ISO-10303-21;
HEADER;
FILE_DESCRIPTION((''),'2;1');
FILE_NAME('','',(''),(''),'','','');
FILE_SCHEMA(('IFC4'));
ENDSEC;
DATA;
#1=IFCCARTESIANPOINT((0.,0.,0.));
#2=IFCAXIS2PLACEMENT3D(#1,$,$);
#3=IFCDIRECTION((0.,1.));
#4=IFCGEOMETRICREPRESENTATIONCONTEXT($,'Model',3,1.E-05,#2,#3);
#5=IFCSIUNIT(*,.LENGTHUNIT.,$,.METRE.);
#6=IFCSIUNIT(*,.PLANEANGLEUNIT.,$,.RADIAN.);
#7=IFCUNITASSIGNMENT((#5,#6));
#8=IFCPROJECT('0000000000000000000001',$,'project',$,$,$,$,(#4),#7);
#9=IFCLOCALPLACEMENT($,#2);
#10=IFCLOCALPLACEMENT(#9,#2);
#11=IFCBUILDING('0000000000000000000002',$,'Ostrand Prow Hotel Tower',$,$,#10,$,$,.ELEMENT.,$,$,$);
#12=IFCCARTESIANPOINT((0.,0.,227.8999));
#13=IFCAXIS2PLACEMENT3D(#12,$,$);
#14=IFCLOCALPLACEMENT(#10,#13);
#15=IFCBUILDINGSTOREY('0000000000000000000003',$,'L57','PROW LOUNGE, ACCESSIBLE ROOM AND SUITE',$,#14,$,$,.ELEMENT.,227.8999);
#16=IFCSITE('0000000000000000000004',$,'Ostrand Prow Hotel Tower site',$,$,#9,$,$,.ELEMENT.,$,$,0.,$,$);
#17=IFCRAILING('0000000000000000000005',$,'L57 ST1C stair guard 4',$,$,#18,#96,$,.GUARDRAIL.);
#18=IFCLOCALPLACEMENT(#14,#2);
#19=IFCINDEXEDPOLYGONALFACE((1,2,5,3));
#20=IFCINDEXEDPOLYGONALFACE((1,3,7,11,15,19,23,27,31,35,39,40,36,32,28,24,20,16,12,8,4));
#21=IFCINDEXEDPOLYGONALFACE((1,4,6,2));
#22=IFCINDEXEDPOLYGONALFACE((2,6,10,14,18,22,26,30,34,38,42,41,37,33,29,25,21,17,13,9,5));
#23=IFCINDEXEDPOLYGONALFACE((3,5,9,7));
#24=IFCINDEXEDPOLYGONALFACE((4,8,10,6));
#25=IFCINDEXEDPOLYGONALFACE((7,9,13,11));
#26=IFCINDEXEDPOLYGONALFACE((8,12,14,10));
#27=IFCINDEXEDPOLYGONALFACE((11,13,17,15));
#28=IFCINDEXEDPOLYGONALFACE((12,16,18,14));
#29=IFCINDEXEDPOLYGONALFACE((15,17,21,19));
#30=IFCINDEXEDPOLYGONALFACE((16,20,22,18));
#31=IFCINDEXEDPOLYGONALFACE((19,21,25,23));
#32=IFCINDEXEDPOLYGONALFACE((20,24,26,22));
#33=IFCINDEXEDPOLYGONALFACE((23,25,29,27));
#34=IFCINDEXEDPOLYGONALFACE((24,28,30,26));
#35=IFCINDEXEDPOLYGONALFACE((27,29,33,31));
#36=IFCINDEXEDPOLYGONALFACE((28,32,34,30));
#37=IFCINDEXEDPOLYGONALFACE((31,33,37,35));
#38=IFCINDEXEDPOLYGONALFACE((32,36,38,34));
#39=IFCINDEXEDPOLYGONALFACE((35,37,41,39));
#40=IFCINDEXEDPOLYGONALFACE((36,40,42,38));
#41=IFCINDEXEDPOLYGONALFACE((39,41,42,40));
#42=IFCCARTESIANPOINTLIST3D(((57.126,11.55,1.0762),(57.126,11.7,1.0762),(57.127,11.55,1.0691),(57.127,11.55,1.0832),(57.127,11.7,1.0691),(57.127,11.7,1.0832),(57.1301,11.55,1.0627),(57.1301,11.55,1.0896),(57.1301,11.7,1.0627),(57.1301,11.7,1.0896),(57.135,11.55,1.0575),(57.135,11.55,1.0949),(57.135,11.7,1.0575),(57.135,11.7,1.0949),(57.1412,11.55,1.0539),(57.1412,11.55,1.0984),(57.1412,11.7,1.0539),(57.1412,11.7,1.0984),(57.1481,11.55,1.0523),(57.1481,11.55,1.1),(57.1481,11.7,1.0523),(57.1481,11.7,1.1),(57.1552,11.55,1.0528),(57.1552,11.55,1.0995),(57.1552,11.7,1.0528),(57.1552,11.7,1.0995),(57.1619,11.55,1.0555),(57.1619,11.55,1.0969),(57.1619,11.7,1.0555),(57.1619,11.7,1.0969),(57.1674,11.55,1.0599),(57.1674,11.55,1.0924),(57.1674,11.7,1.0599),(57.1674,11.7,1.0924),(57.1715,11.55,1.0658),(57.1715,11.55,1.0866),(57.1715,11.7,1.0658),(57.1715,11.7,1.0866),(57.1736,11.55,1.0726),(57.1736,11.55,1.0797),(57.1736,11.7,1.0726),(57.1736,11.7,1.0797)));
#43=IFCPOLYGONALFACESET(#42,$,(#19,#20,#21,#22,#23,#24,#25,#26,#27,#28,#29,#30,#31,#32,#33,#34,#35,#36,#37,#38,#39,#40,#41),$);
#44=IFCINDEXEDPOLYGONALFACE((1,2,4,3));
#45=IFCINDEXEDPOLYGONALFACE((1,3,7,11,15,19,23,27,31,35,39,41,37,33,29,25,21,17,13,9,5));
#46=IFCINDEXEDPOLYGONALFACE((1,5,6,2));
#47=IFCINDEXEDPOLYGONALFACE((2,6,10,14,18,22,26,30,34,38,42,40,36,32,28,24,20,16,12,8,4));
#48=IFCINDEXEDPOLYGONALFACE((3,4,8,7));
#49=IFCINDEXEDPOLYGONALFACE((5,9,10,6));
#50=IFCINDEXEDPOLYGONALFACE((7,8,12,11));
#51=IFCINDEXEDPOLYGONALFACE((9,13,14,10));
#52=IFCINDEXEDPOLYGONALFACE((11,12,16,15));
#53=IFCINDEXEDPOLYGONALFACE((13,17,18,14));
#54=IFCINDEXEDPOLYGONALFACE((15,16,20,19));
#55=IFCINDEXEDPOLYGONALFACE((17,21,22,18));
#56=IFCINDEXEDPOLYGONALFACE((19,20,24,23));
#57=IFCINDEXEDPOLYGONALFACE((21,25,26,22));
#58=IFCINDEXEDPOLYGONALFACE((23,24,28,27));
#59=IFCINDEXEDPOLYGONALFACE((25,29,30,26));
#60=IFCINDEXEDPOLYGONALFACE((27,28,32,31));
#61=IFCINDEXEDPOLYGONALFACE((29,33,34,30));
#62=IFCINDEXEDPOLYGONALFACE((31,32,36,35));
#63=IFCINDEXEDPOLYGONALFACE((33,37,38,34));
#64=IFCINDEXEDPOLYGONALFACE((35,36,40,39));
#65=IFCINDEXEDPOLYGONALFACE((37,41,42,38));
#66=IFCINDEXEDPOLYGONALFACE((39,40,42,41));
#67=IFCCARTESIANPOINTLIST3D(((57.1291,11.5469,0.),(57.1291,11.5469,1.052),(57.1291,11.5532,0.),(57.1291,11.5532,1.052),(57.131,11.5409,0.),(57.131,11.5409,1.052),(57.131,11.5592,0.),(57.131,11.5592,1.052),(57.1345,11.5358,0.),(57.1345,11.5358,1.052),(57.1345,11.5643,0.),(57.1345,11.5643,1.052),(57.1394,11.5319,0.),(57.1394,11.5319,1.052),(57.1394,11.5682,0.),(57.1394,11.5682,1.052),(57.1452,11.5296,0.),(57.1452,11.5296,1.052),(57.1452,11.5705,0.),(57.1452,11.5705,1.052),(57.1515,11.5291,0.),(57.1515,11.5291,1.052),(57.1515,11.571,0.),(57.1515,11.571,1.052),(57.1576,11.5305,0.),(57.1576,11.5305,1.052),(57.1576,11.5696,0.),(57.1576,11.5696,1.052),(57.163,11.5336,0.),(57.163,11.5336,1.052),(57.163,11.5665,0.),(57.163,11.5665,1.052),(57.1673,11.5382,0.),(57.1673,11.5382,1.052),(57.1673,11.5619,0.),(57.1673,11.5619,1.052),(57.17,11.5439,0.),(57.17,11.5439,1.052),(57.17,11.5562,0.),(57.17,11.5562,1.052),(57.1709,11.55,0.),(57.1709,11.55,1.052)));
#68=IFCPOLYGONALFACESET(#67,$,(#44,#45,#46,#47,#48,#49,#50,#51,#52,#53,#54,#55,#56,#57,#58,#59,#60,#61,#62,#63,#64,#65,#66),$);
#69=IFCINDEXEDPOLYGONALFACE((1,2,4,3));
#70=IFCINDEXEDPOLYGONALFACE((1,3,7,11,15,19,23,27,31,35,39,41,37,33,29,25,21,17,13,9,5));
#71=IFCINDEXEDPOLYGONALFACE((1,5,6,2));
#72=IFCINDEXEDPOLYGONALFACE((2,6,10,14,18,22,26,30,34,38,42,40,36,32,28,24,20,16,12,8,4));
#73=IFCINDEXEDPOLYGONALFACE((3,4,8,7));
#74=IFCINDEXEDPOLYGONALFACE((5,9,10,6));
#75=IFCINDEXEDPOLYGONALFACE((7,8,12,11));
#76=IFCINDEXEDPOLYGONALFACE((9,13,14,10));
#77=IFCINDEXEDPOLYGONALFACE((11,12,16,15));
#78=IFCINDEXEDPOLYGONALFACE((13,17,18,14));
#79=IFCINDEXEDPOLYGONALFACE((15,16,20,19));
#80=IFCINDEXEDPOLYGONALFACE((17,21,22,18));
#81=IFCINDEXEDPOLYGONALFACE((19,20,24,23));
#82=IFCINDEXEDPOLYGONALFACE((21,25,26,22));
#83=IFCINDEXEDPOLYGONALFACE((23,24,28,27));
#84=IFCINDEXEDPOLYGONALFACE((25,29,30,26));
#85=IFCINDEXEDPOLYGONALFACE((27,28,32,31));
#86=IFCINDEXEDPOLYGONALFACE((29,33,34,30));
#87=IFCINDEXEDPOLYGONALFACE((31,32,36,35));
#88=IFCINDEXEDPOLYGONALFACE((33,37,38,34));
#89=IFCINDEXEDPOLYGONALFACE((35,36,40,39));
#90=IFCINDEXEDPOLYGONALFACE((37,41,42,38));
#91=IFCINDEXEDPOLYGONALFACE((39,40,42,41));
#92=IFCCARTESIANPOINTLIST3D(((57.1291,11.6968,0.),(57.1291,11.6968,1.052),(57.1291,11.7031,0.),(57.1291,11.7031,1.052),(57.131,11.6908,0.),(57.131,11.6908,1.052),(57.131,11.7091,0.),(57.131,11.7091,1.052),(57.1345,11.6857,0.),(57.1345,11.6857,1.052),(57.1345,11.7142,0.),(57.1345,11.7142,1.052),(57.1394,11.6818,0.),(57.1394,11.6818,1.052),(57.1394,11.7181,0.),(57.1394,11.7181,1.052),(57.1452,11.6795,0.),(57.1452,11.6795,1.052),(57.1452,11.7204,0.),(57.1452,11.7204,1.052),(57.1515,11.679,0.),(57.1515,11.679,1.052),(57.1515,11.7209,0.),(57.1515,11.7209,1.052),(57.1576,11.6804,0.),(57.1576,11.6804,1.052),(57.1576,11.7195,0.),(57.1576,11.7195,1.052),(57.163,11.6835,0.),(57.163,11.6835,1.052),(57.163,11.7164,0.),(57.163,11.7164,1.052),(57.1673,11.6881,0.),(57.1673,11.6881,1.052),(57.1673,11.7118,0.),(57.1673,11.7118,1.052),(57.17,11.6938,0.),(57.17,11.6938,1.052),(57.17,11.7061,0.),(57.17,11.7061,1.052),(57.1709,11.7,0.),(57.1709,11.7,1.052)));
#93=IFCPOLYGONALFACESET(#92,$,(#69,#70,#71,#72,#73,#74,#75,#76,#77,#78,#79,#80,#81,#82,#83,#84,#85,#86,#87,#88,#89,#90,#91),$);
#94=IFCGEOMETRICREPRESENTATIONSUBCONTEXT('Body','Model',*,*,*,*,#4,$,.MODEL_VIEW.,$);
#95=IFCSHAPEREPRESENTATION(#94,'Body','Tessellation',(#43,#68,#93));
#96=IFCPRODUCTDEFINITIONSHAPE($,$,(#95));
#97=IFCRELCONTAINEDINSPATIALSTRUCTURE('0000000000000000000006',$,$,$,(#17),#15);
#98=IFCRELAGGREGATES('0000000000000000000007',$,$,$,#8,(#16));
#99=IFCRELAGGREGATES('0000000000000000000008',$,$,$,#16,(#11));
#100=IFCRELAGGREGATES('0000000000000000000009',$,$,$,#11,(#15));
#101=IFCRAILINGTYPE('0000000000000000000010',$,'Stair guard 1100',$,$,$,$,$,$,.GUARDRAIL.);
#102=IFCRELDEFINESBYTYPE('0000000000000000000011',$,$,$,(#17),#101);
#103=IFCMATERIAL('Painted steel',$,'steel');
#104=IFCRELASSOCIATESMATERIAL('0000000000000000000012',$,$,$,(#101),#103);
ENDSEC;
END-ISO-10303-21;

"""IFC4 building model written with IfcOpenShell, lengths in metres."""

from ifc_helpers import new_model, si_unit, direction, frame, origin, origin_2d, place, context, subcontext, project, spatial, circle, extrude, material, type_object, element, save


model = new_model("IFC4")

# Units and contexts
model_context = context("Model", 3, precision=1e-05, world=origin(), true_north=direction((0.0, 1.0)))
body_context = subcontext(model_context, "Body", "Model", "MODEL_VIEW")
ifc_project = project(units=[si_unit("LENGTHUNIT", "METRE"), si_unit("PLANEANGLEUNIT", "RADIAN")], contexts=[model_context])

# Site, building, storey
site_placement = place(None, origin())
site = spatial("IfcSite", under=ifc_project, at=site_placement, Name="Ostrand Prow Hotel Tower site", CompositionType="ELEMENT", RefElevation=0.0)
building_placement = place(site_placement, origin())
building = spatial("IfcBuilding", under=site, at=building_placement, Name="Ostrand Prow Hotel Tower", CompositionType="ELEMENT")
storey_placement = place(building_placement, frame((0.0, 0.0, 227.8999)))
storey = spatial("IfcBuildingStorey", under=building, at=storey_placement, Name="L57", Description="PROW LOUNGE, ACCESSIBLE ROOM AND SUITE", CompositionType="ELEMENT", Elevation=227.8999)

# Railing
ifc_material_1 = material(Name="Painted steel", Category="steel")
railing_type_1 = type_object("IfcRailingType", Name="Stair guard 1100", PredefinedType="GUARDRAIL", material=ifc_material_1)
railing_1_placement = place(storey_placement, frame((57.1499, 11.55, 0.0)))
element("IfcRailing", 1, at=railing_1_placement, inside=storey, type_object=railing_type_1, Name="L57 ST1C stair guard 4", PredefinedType="GUARDRAIL", context=body_context, shape_type="SweptSolid", body=[
    extrude(circle(Radius=0.0239, at=origin_2d()), frame((0.0, 0.0, 1.0762), z_axis=(0.0, 1.0, 0.0), x_axis=(-1.0, 0.0, 0.0)), (0.0, 0.0, 1.0), 0.1499),
    extrude(circle(Radius=0.021, at=origin_2d()), origin(), (0.0, 0.0, 1.0), 1.052),
    extrude(circle(Radius=0.021, at=origin_2d()), frame((0.0, 0.1499, 0.0)), (0.0, 0.0, 1.0), 1.052),
])

save(model, "model.ifc")
